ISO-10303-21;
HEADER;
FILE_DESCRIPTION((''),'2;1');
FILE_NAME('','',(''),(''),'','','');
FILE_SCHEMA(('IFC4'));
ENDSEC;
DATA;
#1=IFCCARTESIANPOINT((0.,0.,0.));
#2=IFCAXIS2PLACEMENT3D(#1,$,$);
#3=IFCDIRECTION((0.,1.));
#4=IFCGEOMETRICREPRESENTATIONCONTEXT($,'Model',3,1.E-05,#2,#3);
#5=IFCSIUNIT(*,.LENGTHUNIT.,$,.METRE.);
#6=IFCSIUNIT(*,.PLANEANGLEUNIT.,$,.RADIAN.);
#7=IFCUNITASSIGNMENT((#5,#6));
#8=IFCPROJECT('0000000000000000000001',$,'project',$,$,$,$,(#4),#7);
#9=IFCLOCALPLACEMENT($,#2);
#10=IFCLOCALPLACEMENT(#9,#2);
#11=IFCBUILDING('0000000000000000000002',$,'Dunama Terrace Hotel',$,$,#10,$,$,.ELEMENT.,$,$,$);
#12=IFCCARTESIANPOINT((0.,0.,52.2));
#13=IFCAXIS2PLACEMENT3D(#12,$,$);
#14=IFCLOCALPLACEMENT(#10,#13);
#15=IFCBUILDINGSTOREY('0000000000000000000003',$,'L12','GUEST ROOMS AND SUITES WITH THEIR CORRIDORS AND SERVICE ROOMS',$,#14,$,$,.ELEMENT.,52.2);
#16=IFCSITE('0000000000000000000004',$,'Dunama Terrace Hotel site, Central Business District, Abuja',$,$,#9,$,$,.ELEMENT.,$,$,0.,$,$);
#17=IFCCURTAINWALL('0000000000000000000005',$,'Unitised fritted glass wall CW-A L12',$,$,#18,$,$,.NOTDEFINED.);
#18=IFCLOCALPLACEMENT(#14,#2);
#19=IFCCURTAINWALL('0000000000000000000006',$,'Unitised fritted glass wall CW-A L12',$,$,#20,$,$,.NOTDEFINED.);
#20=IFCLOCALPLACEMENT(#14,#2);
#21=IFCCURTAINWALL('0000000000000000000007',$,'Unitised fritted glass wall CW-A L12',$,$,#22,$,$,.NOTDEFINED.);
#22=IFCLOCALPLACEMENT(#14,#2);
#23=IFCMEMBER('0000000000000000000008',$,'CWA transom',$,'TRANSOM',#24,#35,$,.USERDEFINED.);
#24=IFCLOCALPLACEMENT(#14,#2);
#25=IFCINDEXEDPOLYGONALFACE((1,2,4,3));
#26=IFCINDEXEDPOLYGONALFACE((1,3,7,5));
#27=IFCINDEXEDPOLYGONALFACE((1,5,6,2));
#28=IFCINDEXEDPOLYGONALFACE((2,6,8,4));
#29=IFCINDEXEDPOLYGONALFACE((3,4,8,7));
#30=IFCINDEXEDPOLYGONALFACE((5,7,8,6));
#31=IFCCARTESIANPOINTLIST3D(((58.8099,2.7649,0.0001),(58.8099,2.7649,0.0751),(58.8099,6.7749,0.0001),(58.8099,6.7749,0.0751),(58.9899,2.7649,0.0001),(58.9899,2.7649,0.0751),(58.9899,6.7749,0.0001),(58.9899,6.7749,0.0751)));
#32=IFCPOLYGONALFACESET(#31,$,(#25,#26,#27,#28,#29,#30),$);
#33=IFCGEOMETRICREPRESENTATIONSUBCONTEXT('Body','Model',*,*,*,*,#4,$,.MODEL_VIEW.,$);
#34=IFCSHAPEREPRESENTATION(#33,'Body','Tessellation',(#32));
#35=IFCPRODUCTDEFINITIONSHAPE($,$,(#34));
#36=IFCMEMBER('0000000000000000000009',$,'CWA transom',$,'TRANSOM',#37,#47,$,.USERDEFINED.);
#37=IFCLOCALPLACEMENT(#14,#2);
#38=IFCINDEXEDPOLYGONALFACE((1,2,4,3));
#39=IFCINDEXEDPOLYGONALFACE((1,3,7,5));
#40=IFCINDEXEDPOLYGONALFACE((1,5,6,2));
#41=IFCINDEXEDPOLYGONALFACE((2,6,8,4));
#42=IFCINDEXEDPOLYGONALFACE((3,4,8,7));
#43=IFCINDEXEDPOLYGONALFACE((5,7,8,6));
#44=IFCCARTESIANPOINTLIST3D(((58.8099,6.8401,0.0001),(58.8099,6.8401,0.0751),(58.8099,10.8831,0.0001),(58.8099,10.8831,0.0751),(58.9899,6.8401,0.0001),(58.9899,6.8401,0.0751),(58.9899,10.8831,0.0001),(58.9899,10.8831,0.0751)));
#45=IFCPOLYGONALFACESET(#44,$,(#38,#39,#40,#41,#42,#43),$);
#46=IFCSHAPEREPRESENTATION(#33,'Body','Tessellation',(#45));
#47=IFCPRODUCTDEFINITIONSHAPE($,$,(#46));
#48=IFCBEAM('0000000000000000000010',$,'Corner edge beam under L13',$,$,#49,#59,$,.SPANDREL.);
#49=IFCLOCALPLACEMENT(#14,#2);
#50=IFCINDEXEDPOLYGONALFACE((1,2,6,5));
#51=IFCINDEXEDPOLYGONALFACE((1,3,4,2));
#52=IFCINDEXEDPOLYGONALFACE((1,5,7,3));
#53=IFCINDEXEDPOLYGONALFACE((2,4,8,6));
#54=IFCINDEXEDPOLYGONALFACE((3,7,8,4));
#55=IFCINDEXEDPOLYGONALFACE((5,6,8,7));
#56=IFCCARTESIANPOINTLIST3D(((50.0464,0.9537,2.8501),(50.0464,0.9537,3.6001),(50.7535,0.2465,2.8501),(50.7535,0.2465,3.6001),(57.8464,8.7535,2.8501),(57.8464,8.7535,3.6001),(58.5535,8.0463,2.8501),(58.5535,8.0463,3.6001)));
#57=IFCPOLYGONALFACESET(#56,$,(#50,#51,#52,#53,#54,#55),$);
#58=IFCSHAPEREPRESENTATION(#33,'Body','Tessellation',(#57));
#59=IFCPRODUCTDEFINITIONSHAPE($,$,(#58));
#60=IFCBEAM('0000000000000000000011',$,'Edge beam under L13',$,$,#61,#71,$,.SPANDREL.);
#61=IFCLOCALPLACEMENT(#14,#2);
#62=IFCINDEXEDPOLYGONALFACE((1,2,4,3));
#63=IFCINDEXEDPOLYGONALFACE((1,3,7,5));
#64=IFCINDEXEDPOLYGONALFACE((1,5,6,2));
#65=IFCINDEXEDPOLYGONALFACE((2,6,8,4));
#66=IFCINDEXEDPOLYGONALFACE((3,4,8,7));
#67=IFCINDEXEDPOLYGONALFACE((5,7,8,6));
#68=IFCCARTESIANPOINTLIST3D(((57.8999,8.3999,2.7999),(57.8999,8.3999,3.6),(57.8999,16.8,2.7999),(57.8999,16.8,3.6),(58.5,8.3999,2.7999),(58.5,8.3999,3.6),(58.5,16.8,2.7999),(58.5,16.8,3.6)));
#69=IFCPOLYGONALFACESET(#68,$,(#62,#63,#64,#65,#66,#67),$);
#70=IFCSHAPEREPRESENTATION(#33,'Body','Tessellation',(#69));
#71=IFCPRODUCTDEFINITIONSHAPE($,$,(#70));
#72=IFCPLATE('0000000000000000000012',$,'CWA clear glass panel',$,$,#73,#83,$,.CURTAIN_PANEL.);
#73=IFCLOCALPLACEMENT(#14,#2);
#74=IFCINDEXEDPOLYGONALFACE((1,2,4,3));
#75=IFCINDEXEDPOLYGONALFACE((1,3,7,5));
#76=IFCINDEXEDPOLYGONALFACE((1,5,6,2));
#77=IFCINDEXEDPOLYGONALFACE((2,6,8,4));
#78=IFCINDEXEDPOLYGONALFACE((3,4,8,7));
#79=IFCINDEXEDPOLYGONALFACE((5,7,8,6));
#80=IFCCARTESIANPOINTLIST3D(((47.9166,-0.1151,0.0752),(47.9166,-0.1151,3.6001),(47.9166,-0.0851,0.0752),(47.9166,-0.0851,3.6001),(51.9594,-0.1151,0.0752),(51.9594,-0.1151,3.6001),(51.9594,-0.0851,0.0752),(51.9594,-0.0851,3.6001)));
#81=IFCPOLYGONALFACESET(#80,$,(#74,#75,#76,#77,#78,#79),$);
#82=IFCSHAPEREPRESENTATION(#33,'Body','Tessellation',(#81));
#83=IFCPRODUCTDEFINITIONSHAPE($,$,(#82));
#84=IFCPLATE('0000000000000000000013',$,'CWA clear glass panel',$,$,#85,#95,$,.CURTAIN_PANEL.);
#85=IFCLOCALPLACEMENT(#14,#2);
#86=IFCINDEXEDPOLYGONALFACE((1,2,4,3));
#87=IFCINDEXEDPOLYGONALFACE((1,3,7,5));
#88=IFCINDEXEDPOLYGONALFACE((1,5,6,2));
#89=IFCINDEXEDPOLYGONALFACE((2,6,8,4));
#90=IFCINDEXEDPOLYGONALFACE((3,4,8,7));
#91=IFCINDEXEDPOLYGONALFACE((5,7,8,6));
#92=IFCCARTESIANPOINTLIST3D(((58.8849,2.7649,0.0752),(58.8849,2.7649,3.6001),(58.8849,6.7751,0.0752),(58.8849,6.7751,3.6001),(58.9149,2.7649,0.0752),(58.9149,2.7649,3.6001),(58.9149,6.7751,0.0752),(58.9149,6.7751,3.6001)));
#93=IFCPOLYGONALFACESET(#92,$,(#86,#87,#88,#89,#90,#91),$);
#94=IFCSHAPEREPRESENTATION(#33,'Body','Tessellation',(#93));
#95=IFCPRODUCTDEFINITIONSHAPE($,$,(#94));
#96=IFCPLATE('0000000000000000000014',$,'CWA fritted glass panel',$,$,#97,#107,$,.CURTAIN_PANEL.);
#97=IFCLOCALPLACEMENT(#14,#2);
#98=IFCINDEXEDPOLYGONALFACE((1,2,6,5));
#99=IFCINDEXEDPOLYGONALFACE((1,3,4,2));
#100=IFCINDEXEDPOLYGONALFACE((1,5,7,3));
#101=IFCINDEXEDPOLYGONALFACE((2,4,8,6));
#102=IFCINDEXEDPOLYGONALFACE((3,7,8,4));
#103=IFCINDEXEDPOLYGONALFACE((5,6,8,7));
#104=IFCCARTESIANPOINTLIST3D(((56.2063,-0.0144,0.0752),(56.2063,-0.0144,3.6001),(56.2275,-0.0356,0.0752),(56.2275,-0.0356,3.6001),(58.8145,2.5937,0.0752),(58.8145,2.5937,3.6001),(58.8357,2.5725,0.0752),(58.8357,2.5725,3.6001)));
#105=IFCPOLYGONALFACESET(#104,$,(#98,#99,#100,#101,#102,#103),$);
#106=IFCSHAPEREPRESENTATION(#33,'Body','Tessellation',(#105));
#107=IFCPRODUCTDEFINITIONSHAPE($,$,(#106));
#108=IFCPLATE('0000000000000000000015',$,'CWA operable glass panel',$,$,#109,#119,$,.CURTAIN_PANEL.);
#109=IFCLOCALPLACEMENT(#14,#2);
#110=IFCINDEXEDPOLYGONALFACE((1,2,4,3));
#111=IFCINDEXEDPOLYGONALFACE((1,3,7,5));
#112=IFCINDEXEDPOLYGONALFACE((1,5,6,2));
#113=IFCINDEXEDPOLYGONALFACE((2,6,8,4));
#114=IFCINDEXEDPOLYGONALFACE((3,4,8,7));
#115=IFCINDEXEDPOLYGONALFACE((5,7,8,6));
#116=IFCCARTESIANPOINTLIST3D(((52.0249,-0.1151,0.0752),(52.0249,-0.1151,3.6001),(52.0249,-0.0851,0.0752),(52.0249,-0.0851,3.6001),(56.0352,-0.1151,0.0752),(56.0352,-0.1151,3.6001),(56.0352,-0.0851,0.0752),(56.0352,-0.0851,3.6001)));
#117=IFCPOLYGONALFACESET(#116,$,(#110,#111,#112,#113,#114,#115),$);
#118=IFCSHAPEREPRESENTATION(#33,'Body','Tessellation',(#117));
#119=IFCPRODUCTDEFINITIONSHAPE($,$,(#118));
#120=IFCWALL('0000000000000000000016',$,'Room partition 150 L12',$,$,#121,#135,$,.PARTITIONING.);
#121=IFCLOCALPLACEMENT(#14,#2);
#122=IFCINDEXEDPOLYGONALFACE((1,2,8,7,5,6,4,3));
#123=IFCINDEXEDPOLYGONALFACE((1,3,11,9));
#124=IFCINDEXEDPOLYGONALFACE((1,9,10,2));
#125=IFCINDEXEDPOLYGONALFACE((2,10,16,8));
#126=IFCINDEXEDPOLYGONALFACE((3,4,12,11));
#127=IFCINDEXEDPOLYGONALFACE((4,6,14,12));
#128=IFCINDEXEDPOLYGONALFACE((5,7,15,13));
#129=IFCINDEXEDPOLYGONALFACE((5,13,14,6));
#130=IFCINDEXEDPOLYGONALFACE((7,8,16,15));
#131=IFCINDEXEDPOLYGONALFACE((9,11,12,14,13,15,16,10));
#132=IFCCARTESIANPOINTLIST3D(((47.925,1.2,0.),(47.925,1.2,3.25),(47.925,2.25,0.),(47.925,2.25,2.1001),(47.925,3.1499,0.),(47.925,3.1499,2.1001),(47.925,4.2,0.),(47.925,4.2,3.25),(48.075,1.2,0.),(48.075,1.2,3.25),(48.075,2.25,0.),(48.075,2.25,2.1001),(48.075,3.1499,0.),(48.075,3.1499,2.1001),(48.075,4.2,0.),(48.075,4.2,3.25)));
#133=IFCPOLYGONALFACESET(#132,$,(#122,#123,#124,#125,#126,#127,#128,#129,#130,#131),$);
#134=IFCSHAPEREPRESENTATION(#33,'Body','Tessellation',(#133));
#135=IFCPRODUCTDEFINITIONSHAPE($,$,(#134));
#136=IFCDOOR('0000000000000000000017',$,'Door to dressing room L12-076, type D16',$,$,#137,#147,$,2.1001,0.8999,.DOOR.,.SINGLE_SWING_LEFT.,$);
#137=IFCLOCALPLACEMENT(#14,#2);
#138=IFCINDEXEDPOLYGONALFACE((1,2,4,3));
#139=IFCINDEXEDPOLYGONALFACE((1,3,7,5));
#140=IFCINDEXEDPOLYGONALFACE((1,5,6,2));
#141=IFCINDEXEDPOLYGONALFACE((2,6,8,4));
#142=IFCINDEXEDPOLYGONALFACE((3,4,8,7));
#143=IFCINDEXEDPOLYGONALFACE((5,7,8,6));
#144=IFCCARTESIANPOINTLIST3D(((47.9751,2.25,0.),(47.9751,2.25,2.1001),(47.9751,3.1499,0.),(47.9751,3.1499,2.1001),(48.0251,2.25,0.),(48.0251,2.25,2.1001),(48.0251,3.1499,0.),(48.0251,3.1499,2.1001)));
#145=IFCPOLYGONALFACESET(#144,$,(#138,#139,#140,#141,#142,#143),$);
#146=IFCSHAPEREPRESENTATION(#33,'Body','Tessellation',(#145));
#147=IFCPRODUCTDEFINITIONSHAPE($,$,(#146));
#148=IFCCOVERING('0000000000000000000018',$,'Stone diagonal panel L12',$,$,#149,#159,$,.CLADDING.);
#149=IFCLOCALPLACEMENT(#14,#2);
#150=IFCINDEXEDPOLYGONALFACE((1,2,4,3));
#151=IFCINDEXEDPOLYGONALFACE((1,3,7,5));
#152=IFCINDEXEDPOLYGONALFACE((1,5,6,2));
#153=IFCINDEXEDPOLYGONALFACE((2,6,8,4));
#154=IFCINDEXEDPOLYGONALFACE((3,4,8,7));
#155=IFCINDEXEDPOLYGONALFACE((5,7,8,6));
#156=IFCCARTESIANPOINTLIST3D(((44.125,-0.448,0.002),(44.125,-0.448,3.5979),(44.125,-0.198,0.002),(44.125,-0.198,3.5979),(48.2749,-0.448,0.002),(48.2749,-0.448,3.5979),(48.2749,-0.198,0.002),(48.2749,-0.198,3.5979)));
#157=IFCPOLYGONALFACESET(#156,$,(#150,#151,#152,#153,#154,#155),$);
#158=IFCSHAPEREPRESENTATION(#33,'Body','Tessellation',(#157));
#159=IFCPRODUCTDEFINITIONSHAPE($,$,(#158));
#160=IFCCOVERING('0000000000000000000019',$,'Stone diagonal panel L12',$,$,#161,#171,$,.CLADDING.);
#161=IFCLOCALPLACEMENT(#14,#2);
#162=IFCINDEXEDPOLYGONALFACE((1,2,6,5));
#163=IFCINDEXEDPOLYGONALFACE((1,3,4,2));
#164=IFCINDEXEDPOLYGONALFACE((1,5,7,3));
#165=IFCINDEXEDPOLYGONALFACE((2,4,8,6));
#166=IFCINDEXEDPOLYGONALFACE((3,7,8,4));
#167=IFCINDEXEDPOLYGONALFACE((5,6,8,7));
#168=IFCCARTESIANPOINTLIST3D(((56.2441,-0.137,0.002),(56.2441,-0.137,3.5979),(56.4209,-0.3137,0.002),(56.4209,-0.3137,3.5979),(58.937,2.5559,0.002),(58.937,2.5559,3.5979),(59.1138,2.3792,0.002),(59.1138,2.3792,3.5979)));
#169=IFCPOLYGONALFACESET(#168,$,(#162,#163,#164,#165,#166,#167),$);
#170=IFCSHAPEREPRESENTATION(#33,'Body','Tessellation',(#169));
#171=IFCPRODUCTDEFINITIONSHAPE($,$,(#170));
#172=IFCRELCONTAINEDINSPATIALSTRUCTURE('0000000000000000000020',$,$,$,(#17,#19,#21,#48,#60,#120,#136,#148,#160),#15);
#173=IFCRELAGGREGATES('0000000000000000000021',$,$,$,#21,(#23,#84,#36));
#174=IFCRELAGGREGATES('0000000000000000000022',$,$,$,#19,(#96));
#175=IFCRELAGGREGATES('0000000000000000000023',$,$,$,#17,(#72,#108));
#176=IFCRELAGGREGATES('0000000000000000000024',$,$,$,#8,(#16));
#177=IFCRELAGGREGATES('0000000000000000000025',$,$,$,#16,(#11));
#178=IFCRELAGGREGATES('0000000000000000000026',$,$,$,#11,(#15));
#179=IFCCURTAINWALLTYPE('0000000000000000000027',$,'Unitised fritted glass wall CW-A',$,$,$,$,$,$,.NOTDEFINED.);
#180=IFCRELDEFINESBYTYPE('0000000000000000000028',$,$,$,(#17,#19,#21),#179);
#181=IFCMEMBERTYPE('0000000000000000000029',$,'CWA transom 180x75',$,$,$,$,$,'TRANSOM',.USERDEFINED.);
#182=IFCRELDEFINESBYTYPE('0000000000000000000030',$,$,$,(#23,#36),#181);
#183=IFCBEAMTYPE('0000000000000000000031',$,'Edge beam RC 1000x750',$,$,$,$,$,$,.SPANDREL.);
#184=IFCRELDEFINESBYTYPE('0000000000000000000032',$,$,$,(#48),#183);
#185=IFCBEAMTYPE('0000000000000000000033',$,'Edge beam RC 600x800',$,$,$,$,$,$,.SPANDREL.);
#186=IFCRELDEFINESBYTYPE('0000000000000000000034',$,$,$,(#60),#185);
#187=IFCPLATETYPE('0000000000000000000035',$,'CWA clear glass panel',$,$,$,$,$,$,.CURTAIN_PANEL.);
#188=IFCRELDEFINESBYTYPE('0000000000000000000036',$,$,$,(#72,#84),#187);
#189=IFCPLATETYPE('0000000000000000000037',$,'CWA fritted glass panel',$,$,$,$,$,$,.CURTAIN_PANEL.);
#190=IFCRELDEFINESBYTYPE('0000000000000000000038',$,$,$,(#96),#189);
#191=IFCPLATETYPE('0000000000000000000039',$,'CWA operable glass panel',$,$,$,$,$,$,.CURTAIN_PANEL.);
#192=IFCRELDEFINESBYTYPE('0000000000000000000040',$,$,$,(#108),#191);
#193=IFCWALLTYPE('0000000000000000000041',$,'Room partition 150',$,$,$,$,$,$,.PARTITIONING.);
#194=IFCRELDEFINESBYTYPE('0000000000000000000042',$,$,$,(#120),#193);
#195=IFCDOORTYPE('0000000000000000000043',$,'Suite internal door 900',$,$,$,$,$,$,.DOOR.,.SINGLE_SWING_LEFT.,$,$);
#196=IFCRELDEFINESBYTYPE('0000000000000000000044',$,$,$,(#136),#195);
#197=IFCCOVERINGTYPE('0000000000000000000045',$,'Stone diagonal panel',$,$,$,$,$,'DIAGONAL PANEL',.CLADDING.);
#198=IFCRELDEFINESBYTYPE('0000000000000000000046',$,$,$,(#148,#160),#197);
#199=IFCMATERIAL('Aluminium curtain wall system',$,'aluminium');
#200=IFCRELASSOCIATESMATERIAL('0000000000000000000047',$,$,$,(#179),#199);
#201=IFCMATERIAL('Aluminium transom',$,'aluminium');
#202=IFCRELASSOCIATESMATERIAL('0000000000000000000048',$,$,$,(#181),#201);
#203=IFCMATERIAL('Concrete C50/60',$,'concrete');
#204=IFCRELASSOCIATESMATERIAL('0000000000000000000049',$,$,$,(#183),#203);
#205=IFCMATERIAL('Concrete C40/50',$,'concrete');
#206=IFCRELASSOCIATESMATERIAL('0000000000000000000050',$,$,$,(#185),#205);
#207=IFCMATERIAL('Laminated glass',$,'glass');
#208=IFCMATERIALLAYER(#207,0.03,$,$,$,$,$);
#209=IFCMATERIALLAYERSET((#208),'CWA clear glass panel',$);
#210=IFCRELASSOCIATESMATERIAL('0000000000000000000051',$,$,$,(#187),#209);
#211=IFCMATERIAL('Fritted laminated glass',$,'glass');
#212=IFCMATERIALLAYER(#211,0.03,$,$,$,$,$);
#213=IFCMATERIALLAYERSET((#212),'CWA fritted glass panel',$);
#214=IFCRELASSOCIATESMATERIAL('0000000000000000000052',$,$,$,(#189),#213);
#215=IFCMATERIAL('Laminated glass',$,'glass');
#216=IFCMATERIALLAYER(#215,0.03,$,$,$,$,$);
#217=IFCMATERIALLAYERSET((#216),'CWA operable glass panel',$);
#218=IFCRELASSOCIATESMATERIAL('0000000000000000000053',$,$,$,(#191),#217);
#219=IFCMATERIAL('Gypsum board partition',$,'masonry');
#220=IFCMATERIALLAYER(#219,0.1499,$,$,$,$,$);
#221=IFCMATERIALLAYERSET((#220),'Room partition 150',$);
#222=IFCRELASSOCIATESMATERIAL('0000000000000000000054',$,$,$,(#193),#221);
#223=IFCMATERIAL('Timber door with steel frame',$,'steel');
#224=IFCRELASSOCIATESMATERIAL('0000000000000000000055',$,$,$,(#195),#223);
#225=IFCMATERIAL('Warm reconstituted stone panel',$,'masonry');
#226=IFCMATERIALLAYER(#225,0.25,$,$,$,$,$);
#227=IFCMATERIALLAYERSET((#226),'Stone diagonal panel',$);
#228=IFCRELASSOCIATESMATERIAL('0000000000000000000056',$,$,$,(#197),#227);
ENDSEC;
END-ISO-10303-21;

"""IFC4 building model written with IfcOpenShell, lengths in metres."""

from ifc_helpers import new_model, si_unit, direction, frame, frame_2d, origin, origin_2d, place, context, subcontext, project, spatial, rectangle, extrude, material, layer, layer_set, material_profile, profile_set, type_object, element, fill, aggregate, save


model = new_model("IFC4")

# Units and contexts
model_context = context("Model", 3, precision=1e-05, world=origin(), true_north=direction((0.0, 1.0)))
body_context = subcontext(model_context, "Body", "Model", "MODEL_VIEW")
ifc_project = project(units=[si_unit("LENGTHUNIT", "METRE"), si_unit("PLANEANGLEUNIT", "RADIAN")], contexts=[model_context])

# Site, building, storey
site_placement = place(None, origin())
site = spatial("IfcSite", under=ifc_project, at=site_placement, Name="Dunama Terrace Hotel site, Central Business District, Abuja", CompositionType="ELEMENT", RefElevation=0.0)
building_placement = place(site_placement, origin())
building = spatial("IfcBuilding", under=site, at=building_placement, Name="Dunama Terrace Hotel", CompositionType="ELEMENT")
storey_placement = place(building_placement, frame((0.0, 0.0, 52.2)))
storey = spatial("IfcBuildingStorey", under=building, at=storey_placement, Name="L12", Description="GUEST ROOMS AND SUITES WITH THEIR CORRIDORS AND SERVICE ROOMS", CompositionType="ELEMENT", Elevation=52.2)

# Curtain walls
ifc_material_1 = material(Name="Aluminium curtain wall system", Category="aluminium")
curtain_wall_type = type_object("IfcCurtainWallType", Name="Unitised fritted glass wall CW-A", PredefinedType="NOTDEFINED", material=ifc_material_1)
curtain_wall_1_placement = place(storey_placement, origin())
curtain_wall_1 = element("IfcCurtainWall", 1, at=curtain_wall_1_placement, inside=storey, type_object=curtain_wall_type, Name="Unitised fritted glass wall CW-A L12", PredefinedType="NOTDEFINED")
curtain_wall_2_placement = place(storey_placement, origin())
curtain_wall_2 = element("IfcCurtainWall", 2, at=curtain_wall_2_placement, inside=storey, type_object=curtain_wall_type, Name="Unitised fritted glass wall CW-A L12", PredefinedType="NOTDEFINED")
curtain_wall_3_placement = place(storey_placement, origin())
curtain_wall_3 = element("IfcCurtainWall", 3, at=curtain_wall_3_placement, inside=storey, type_object=curtain_wall_type, Name="Unitised fritted glass wall CW-A L12", PredefinedType="NOTDEFINED")

# Members
ifc_material_2 = material(Name="Aluminium transom", Category="aluminium")
ifc_material_profile_1 = material_profile(ifc_material_2, rectangle(XDim=0.1799, YDim=0.075, at=origin_2d()), Name="CWA TRANSOM 180X75")
ifc_profile_set_1 = profile_set([ifc_material_profile_1], Name="Aluminium transom")
member_type_1 = type_object("IfcMemberType", Name="CWA transom 180x75", ElementType="TRANSOM", PredefinedType="USERDEFINED", material=ifc_profile_set_1)
member_1_placement = place(storey_placement, frame((58.8999, 2.7649, 0.0376), z_axis=(0.0, 1.0, 0.0), x_axis=(-1.0, 0.0, 0.0)))
member_1 = element("IfcMember", 4, at=member_1_placement, type_object=member_type_1, Name="CWA transom", ObjectType="TRANSOM", PredefinedType="USERDEFINED", context=body_context, shape_type="SweptSolid", body=[
    extrude(rectangle(XDim=0.1799, YDim=0.075, at=origin_2d()), origin(), (0.0, 0.0, 1.0), 4.01),
])
member_2_placement = place(storey_placement, frame((58.8999, 6.8401, 0.0376), z_axis=(0.0, 1.0, 0.0), x_axis=(-1.0, 0.0, 0.0)))
member_2 = element("IfcMember", 5, at=member_2_placement, type_object=member_type_1, Name="CWA transom", ObjectType="TRANSOM", PredefinedType="USERDEFINED", context=body_context, shape_type="SweptSolid", body=[
    extrude(rectangle(XDim=0.1799, YDim=0.075, at=origin_2d()), origin(), (0.0, 0.0, 1.0), 4.043),
])

# Beams
ifc_material_3 = material(Name="Concrete C50/60", Category="concrete")
ifc_material_profile_2 = material_profile(ifc_material_3, rectangle(XDim=1.0, YDim=0.75, at=origin_2d()), Name="RC 1000x750")
ifc_profile_set_2 = profile_set([ifc_material_profile_2], Name="Concrete C50/60")
beam_type_1 = type_object("IfcBeamType", Name="Edge beam RC 1000x750", PredefinedType="SPANDREL", material=ifc_profile_set_2)
beam_1_placement = place(storey_placement, frame((50.3999, 0.6001, 3.2251), z_axis=(0.707118, 0.707096, 0.0), x_axis=(-0.707096, 0.707118, 0.0)))
element("IfcBeam", 6, at=beam_1_placement, inside=storey, type_object=beam_type_1, Name="Corner edge beam under L13", PredefinedType="SPANDREL", context=body_context, shape_type="SweptSolid", body=[
    extrude(rectangle(XDim=1.0, YDim=0.75, at=origin_2d()), origin(), (0.0, 0.0, 1.0), 11.0308),
])
ifc_material_4 = material(Name="Concrete C40/50", Category="concrete")
ifc_material_profile_3 = material_profile(ifc_material_4, rectangle(XDim=0.6001, YDim=0.8, at=origin_2d()), Name="RC 600x800")
ifc_profile_set_3 = profile_set([ifc_material_profile_3], Name="Concrete C40/50")
beam_type_2 = type_object("IfcBeamType", Name="Edge beam RC 600x800", PredefinedType="SPANDREL", material=ifc_profile_set_3)
beam_2_placement = place(storey_placement, frame((58.2, 8.3999, 3.2), z_axis=(0.0, 1.0, 0.0), x_axis=(-1.0, 0.0, 0.0)))
element("IfcBeam", 7, at=beam_2_placement, inside=storey, type_object=beam_type_2, Name="Edge beam under L13", PredefinedType="SPANDREL", context=body_context, shape_type="SweptSolid", body=[
    extrude(rectangle(XDim=0.6001, YDim=0.8, at=origin_2d()), origin(), (0.0, 0.0, 1.0), 8.4001),
])

# Plates
ifc_material_5 = material(Name="Laminated glass", Category="glass")
ifc_layer_1 = layer(ifc_material_5, 0.03)
ifc_layer_set_1 = layer_set([ifc_layer_1], Name="CWA clear glass panel")
plate_type_1 = type_object("IfcPlateType", Name="CWA clear glass panel", PredefinedType="CURTAIN_PANEL", material=ifc_layer_set_1)
plate_1_placement = place(storey_placement, frame((49.938, -0.1001, 0.0752), z_axis=(0.0, 0.0, 1.0), x_axis=(1.0, 0.0, 0.0)))
plate_1 = element("IfcPlate", 8, at=plate_1_placement, type_object=plate_type_1, Name="CWA clear glass panel", PredefinedType="CURTAIN_PANEL", context=body_context, shape_type="SweptSolid", body=[
    extrude(rectangle(XDim=4.0427, YDim=0.03, at=origin_2d()), origin(), (0.0, 0.0, 1.0), 3.5249),
])
plate_2_placement = place(storey_placement, frame((58.8999, 4.77, 0.0752), z_axis=(0.0, 0.0, 1.0), x_axis=(0.0, 1.0, 0.0)))
plate_2 = element("IfcPlate", 9, at=plate_2_placement, type_object=plate_type_1, Name="CWA clear glass panel", PredefinedType="CURTAIN_PANEL", context=body_context, shape_type="SweptSolid", body=[
    extrude(rectangle(XDim=4.0103, YDim=0.03, at=origin_2d()), origin(), (0.0, 0.0, 1.0), 3.5249),
])
aggregate(curtain_wall_3, [member_1, plate_2, member_2])
ifc_material_6 = material(Name="Fritted laminated glass", Category="glass")
ifc_layer_2 = layer(ifc_material_6, 0.03)
ifc_layer_set_2 = layer_set([ifc_layer_2], Name="CWA fritted glass panel")
plate_type_2 = type_object("IfcPlateType", Name="CWA fritted glass panel", PredefinedType="CURTAIN_PANEL", material=ifc_layer_set_2)
plate_3_placement = place(storey_placement, frame((57.521, 1.2791, 0.0752), z_axis=(0.0, 0.0, 1.0), x_axis=(0.707107, 0.707107, 0.0)))
plate_3 = element("IfcPlate", 10, at=plate_3_placement, type_object=plate_type_2, Name="CWA fritted glass panel", PredefinedType="CURTAIN_PANEL", context=body_context, shape_type="SweptSolid", body=[
    extrude(rectangle(XDim=3.6885, YDim=0.03, at=origin_2d()), origin(), (0.0, 0.0, 1.0), 3.5249),
])
aggregate(curtain_wall_2, [plate_3])
ifc_material_7 = material(Name="Laminated glass", Category="glass")
ifc_layer_3 = layer(ifc_material_7, 0.03)
ifc_layer_set_3 = layer_set([ifc_layer_3], Name="CWA operable glass panel")
plate_type_3 = type_object("IfcPlateType", Name="CWA operable glass panel", PredefinedType="CURTAIN_PANEL", material=ifc_layer_set_3)
plate_4_placement = place(storey_placement, frame((54.03, -0.1001, 0.0752), z_axis=(0.0, 0.0, 1.0), x_axis=(1.0, 0.0, 0.0)))
plate_4 = element("IfcPlate", 11, at=plate_4_placement, type_object=plate_type_3, Name="CWA operable glass panel", PredefinedType="CURTAIN_PANEL", context=body_context, shape_type="SweptSolid", body=[
    extrude(rectangle(XDim=4.0103, YDim=0.03, at=origin_2d()), origin(), (0.0, 0.0, 1.0), 3.5249),
])
aggregate(curtain_wall_1, [plate_1, plate_4])

# Wall, opening, door
ifc_material_8 = material(Name="Gypsum board partition", Category="masonry")
ifc_layer_4 = layer(ifc_material_8, 0.1499)
ifc_layer_set_4 = layer_set([ifc_layer_4], Name="Room partition 150")
wall_type = type_object("IfcWallType", Name="Room partition 150", PredefinedType="PARTITIONING", material=ifc_layer_set_4)
wall_placement = place(storey_placement, frame((48.0, 1.2, 0.0), z_axis=(0.0, 0.0, 1.0), x_axis=(0.0, 1.0, 0.0)))
wall = element("IfcWall", 12, at=wall_placement, inside=storey, type_object=wall_type, Name="Room partition 150 L12", PredefinedType="PARTITIONING", context=body_context, shape_type="SweptSolid", body=[
    extrude(rectangle(XDim=3.0, YDim=0.1499, at=frame_2d((1.5, 0.0))), origin(), (0.0, 0.0, 1.0), 3.25),
])
opening_placement = place(wall_placement, frame((1.05, 0.0, 0.0)))
opening = element("IfcOpeningElement", 13, at=opening_placement, cuts=wall, PredefinedType="OPENING", context=body_context, shape_type="SweptSolid", body=[
    extrude(rectangle(XDim=0.8999, YDim=2.1001, at=frame_2d((0.45, 1.05))), frame((0.0, 0.085, 0.0), z_axis=(0.0, -1.0, 0.0), x_axis=(1.0, 0.0, 0.0)), (0.0, 0.0, 1.0), 0.1699),
])
ifc_material_9 = material(Name="Timber door with steel frame", Category="steel")
door_type = type_object("IfcDoorType", Name="Suite internal door 900", OperationType="SINGLE_SWING_LEFT", PredefinedType="DOOR", material=ifc_material_9)
door_placement = place(opening_placement, origin())
door = element("IfcDoor", 14, at=door_placement, inside=storey, type_object=door_type, Name="Door to dressing room L12-076, type D16", OperationType="SINGLE_SWING_LEFT", OverallHeight=2.1001, OverallWidth=0.8999, PredefinedType="DOOR", context=body_context, shape_type="SweptSolid", body=[
    extrude(rectangle(XDim=0.8999, YDim=2.1001, at=frame_2d((0.45, 1.05))), frame((0.0, 0.0249, 0.0), z_axis=(0.0, -1.0, 0.0), x_axis=(1.0, 0.0, 0.0)), (0.0, 0.0, 1.0), 0.05),
])
fill(opening, door)

# Coverings
ifc_material_10 = material(Name="Warm reconstituted stone panel", Category="masonry")
ifc_layer_5 = layer(ifc_material_10, 0.25)
ifc_layer_set_5 = layer_set([ifc_layer_5], Name="Stone diagonal panel")
covering_type = type_object("IfcCoveringType", Name="Stone diagonal panel", ElementType="DIAGONAL PANEL", PredefinedType="CLADDING", material=ifc_layer_set_5)
covering_1_placement = place(storey_placement, frame((46.2, -0.323, 0.002), z_axis=(0.0, 0.0, 1.0), x_axis=(1.0, 0.0, 0.0)))
element("IfcCovering", 15, at=covering_1_placement, inside=storey, type_object=covering_type, Name="Stone diagonal panel L12", PredefinedType="CLADDING", context=body_context, shape_type="SweptSolid", body=[
    extrude(rectangle(XDim=4.1499, YDim=0.25, at=origin_2d()), origin(), (0.0, 0.0, 1.0), 3.5959),
])
covering_2_placement = place(storey_placement, frame((57.679, 1.1211, 0.002), z_axis=(0.0, 0.0, 1.0), x_axis=(0.707107, 0.707107, 0.0)))
element("IfcCovering", 16, at=covering_2_placement, inside=storey, type_object=covering_type, Name="Stone diagonal panel L12", PredefinedType="CLADDING", context=body_context, shape_type="SweptSolid", body=[
    extrude(rectangle(XDim=3.8083, YDim=0.25, at=origin_2d()), origin(), (0.0, 0.0, 1.0), 3.5959),
])

save(model, "model.ifc")
